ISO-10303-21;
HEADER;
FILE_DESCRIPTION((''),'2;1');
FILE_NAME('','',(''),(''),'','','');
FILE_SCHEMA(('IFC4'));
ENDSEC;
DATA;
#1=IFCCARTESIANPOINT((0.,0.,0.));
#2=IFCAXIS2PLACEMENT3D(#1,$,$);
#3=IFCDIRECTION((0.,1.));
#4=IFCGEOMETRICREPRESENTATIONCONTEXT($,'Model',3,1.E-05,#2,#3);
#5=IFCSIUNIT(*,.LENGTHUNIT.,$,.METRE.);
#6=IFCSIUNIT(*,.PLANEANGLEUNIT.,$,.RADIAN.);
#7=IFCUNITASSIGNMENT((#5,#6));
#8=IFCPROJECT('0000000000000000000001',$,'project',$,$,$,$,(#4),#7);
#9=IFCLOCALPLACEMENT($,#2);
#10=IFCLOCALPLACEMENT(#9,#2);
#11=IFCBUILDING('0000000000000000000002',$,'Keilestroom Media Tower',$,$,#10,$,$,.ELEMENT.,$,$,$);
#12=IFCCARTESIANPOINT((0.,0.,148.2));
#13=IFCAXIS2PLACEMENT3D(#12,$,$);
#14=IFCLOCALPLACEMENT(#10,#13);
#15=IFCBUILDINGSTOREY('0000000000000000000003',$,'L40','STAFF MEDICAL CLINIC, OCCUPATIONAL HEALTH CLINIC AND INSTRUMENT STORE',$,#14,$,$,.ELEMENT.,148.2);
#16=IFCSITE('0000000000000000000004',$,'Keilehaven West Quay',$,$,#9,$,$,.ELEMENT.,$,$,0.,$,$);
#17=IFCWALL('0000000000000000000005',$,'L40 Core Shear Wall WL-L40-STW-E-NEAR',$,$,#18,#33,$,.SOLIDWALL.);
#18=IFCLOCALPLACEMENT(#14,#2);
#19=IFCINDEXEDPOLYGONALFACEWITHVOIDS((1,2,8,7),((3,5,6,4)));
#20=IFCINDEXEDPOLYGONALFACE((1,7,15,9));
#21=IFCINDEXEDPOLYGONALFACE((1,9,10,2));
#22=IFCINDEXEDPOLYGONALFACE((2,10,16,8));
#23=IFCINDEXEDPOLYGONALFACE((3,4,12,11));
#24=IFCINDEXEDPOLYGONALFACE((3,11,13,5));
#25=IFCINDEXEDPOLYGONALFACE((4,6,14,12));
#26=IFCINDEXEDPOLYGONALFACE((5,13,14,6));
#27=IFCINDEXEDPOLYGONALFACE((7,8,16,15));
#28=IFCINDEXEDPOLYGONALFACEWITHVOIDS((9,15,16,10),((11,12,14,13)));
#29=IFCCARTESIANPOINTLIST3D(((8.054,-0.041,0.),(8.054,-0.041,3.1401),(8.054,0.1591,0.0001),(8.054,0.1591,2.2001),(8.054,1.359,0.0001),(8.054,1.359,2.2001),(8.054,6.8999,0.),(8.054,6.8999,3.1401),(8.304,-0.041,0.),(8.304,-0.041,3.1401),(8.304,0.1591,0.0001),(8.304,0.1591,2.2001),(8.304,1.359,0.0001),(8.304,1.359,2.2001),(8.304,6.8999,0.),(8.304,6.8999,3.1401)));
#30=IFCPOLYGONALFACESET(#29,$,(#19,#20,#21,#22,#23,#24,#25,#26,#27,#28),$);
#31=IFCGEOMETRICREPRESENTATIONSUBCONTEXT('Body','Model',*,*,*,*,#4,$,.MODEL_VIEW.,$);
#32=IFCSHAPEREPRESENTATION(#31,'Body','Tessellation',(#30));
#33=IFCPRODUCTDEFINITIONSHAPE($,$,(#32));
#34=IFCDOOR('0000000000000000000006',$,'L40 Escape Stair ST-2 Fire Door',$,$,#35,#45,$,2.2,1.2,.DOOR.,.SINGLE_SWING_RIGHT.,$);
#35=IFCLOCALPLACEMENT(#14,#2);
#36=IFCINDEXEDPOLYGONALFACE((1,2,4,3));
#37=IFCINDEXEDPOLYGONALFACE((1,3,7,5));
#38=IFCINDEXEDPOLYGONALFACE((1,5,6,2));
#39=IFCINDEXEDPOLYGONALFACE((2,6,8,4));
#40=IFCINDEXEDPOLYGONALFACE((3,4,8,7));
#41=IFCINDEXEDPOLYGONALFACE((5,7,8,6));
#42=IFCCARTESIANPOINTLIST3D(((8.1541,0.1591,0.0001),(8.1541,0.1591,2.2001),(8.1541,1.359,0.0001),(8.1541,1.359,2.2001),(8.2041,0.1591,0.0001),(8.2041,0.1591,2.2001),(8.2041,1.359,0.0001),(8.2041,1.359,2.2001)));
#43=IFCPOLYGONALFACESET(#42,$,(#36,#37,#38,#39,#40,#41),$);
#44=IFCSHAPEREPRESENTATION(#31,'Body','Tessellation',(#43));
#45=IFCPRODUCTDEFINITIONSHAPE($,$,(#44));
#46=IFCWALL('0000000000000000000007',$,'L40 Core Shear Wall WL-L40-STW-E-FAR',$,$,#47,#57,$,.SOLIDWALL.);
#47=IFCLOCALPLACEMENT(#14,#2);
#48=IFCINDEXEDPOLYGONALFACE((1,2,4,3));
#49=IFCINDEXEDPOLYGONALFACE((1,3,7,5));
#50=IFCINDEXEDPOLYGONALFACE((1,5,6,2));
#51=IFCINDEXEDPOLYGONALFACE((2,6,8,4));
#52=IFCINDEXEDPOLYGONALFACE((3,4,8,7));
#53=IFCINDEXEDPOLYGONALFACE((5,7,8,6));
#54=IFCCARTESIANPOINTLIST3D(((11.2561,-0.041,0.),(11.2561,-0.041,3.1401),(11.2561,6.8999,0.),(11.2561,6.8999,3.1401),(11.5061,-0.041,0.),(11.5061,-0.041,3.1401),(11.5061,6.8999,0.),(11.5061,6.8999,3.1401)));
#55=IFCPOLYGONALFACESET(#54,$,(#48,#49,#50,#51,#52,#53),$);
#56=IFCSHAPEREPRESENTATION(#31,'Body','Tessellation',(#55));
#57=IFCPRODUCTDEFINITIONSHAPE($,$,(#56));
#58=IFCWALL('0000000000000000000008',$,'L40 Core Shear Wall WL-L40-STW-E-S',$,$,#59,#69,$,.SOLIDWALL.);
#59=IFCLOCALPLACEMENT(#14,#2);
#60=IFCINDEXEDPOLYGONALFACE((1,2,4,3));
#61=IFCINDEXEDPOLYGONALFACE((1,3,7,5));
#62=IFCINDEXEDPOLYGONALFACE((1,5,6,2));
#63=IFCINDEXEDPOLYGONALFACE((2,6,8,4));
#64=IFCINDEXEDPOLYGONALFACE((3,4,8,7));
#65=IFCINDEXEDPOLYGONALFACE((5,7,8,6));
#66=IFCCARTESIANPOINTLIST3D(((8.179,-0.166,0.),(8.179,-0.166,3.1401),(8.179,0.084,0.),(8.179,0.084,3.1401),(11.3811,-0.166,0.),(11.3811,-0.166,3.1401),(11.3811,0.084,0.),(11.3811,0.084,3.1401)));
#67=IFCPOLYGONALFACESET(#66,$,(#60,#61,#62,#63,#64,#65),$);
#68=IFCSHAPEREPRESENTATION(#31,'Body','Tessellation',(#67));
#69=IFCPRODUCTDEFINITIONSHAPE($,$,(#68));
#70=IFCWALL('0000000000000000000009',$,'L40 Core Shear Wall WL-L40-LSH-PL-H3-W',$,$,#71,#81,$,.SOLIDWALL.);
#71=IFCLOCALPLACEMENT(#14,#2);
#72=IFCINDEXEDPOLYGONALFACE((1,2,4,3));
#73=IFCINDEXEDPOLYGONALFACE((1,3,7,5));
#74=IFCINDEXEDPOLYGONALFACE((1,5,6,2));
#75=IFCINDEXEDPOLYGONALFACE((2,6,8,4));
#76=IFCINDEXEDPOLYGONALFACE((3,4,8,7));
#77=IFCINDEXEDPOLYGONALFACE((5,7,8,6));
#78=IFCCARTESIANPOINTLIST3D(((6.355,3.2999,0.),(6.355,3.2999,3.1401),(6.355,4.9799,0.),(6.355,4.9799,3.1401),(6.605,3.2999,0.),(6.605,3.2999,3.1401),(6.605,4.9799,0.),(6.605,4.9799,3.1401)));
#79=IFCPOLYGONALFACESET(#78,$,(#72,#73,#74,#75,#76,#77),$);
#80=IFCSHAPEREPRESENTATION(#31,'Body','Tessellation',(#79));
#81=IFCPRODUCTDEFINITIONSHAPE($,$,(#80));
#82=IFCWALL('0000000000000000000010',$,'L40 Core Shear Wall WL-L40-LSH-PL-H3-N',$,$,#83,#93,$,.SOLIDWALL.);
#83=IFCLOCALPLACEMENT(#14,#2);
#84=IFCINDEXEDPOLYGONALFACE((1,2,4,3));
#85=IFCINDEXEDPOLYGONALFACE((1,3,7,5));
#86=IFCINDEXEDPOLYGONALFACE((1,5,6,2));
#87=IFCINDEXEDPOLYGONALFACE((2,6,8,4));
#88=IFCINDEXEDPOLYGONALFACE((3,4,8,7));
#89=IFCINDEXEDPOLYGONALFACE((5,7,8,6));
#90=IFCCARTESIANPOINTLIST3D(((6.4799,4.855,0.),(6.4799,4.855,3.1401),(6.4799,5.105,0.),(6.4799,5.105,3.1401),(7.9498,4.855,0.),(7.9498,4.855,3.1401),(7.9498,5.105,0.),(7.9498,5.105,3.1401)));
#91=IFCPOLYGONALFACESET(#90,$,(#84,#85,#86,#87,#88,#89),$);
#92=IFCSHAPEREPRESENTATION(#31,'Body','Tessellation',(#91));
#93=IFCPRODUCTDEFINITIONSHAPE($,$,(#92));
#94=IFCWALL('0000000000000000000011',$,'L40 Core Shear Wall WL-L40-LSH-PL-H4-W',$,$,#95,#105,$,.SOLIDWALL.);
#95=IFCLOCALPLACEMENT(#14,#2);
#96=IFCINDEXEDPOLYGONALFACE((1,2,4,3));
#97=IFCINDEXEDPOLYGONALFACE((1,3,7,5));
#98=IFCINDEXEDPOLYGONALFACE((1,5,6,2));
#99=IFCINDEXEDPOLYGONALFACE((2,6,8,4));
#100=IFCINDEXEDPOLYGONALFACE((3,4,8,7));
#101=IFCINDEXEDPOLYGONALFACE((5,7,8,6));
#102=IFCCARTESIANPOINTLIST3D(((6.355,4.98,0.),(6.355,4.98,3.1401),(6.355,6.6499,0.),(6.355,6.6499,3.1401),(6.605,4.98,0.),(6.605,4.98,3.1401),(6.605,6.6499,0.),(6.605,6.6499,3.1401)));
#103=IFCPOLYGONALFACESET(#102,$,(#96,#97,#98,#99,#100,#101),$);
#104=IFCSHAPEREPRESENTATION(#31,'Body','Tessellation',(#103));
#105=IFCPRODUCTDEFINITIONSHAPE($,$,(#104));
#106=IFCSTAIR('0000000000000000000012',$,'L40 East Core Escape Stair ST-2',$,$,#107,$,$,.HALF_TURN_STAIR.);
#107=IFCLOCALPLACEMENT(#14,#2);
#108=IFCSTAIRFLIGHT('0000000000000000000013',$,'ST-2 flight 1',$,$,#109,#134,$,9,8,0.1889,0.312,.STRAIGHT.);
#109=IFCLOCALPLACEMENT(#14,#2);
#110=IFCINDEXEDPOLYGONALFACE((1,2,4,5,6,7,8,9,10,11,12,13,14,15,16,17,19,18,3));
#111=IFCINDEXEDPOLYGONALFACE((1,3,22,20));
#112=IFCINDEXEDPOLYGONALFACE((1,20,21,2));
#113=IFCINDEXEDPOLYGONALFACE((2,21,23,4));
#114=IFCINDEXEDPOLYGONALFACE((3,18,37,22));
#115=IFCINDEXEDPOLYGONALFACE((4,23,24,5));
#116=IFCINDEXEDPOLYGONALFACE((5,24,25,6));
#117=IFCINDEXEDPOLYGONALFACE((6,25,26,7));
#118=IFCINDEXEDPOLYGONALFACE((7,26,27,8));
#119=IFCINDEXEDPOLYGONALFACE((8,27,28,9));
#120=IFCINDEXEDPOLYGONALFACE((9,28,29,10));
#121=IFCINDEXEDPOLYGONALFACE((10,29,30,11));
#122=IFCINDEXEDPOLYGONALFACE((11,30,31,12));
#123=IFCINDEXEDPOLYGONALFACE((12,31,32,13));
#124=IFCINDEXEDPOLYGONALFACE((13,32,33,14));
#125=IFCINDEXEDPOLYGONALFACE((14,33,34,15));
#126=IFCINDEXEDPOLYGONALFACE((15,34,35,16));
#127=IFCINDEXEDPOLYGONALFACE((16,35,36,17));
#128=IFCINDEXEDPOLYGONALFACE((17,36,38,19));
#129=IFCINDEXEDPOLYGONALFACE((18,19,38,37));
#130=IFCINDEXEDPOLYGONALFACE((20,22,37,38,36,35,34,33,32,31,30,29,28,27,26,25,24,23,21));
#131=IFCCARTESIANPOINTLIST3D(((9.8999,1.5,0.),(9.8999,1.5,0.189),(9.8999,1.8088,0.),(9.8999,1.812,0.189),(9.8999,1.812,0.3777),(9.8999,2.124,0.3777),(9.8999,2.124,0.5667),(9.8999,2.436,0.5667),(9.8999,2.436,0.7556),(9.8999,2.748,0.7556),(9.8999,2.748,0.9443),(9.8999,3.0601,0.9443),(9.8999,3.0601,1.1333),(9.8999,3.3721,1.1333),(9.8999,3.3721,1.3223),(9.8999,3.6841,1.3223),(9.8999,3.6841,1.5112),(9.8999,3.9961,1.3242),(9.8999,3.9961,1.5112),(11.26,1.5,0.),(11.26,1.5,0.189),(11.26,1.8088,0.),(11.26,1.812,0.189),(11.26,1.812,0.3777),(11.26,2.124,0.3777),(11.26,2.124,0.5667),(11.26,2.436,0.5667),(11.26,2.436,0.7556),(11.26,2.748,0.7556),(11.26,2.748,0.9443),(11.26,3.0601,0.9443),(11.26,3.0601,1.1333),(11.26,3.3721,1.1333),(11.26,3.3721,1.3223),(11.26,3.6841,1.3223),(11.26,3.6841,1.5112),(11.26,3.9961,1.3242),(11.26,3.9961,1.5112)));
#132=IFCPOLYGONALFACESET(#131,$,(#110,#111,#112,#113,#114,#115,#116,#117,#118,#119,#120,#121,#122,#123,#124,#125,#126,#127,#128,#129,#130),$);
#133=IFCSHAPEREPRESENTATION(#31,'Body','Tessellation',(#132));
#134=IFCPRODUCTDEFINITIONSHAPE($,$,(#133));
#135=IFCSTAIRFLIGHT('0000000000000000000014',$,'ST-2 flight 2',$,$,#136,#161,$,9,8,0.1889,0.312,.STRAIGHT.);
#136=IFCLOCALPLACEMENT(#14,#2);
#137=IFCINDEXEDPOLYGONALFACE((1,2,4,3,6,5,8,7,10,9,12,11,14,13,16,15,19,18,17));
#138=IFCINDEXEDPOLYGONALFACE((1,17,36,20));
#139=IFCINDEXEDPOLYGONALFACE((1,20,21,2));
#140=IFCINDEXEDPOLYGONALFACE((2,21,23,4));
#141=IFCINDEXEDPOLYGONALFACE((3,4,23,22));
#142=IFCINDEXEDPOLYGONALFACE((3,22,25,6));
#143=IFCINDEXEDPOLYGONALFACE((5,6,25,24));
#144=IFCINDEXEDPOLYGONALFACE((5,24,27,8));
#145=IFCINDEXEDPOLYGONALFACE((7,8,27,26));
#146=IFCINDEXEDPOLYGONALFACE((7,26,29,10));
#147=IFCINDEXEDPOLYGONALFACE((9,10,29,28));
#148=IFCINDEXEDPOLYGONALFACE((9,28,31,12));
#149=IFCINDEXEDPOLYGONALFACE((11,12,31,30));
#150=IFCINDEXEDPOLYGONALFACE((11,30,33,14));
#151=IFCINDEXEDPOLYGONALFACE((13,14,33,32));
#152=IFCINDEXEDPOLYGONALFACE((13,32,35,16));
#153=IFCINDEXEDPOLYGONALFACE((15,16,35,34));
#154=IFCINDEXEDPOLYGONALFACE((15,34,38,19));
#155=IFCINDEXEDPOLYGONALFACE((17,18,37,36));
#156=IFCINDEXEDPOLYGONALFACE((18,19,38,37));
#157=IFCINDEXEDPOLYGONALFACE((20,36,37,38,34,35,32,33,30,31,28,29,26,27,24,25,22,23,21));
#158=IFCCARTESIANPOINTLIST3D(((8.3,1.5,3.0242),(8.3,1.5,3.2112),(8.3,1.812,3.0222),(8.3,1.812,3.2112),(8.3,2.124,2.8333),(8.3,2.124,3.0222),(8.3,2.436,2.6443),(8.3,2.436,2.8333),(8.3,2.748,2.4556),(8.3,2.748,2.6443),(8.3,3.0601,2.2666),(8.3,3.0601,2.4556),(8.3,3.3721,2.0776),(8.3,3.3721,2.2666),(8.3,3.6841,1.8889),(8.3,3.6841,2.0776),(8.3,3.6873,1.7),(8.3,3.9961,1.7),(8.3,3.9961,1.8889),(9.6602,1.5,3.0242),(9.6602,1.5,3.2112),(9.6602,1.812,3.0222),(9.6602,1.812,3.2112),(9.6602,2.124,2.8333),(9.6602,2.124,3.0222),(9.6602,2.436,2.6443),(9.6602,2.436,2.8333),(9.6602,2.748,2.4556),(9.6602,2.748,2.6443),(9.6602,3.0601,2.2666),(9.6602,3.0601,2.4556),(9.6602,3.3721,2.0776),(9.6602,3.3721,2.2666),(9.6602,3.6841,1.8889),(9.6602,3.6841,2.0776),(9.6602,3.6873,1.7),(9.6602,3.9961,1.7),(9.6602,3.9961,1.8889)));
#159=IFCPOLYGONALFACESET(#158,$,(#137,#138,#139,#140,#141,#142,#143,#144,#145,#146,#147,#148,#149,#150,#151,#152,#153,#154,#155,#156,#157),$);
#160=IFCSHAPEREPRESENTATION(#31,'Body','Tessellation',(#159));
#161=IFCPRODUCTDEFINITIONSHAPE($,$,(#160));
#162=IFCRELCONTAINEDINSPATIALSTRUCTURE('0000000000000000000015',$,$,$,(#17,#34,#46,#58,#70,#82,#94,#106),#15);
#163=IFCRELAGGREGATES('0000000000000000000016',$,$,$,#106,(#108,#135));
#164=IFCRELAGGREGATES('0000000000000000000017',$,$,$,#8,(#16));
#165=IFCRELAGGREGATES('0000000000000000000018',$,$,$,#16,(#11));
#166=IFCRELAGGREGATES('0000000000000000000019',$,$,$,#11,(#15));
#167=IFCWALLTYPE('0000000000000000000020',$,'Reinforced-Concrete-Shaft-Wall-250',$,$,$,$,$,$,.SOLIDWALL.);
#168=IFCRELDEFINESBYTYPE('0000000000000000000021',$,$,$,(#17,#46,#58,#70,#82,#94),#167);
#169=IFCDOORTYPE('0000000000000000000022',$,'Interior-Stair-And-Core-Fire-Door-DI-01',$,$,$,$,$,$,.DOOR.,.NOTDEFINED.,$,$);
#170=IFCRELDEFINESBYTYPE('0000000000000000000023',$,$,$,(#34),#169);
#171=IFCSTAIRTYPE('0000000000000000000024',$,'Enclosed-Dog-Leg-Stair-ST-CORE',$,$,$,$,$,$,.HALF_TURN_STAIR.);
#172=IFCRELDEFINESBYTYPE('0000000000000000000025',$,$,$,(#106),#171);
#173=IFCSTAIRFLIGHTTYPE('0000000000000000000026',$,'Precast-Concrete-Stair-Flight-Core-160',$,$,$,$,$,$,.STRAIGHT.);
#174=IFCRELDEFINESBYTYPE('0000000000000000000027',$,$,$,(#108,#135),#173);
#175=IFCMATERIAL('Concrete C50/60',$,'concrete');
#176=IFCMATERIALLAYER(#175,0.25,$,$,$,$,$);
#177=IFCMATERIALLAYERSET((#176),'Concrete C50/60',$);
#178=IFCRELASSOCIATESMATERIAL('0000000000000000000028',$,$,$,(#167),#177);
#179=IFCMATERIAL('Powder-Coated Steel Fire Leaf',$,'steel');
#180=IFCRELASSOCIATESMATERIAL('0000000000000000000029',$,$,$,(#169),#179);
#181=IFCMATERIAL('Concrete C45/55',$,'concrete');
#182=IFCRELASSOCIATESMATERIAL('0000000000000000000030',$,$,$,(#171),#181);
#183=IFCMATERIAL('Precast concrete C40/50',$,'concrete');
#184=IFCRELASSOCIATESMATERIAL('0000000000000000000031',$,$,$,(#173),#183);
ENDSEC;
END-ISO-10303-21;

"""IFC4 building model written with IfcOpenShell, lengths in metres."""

from ifc_helpers import new_model, si_unit, direction, frame, frame_2d, origin, place, context, subcontext, project, spatial, polyline, rectangle, outline, extrude, source, transform, mapped, material, layer, layer_set, type_object, element, fill, aggregate, save


model = new_model("IFC4")

# Units and contexts
model_context = context("Model", 3, precision=1e-05, world=origin(), true_north=direction((0.0, 1.0)))
body_context = subcontext(model_context, "Body", "Model", "MODEL_VIEW")
ifc_project = project(units=[si_unit("LENGTHUNIT", "METRE"), si_unit("PLANEANGLEUNIT", "RADIAN")], contexts=[model_context])

# Site, building, storey
site_placement = place(None, origin())
site = spatial("IfcSite", under=ifc_project, at=site_placement, Name="Keilehaven West Quay", CompositionType="ELEMENT", RefElevation=0.0)
building_placement = place(site_placement, origin())
building = spatial("IfcBuilding", under=site, at=building_placement, Name="Keilestroom Media Tower", CompositionType="ELEMENT")
storey_placement = place(building_placement, frame((0.0, 0.0, 148.2)))
storey = spatial("IfcBuildingStorey", under=building, at=storey_placement, Name="L40", Description="STAFF MEDICAL CLINIC, OCCUPATIONAL HEALTH CLINIC AND INSTRUMENT STORE", CompositionType="ELEMENT", Elevation=148.2)

# Shared definitions
ifc_material_1 = material(Name="Concrete C50/60", Category="concrete")
ifc_layer_1 = layer(ifc_material_1, 0.25)
ifc_layer_set_1 = layer_set([ifc_layer_1], Name="Concrete C50/60")
wall_type_1 = type_object("IfcWallType", Name="Reinforced-Concrete-Shaft-Wall-250", PredefinedType="SOLIDWALL", material=ifc_layer_set_1)

# Wall, opening, door
wall_1_placement = place(storey_placement, frame((8.179, -0.041, 0.0), z_axis=(0.0, 0.0, 1.0), x_axis=(0.0, 1.0, 0.0)))
wall_1 = element("IfcWall", 1, at=wall_1_placement, inside=storey, type_object=wall_type_1, Name="L40 Core Shear Wall WL-L40-STW-E-NEAR", PredefinedType="SOLIDWALL", context=body_context, shape_type="SweptSolid", body=[
    extrude(rectangle(XDim=6.9409, YDim=0.25, at=frame_2d((3.4705, 0.0))), origin(), (0.0, 0.0, 1.0), 3.1401),
])
opening_placement = place(wall_1_placement, frame((0.2, 0.0, 0.0)))
opening = element("IfcOpeningElement", 2, at=opening_placement, cuts=wall_1, PredefinedType="OPENING", context=body_context, shape_type="SweptSolid", body=[
    extrude(rectangle(XDim=1.2, YDim=2.2, at=frame_2d((0.6001, 1.1001))), frame((0.0, 0.135, 0.0), z_axis=(0.0, -1.0, 0.0), x_axis=(1.0, 0.0, 0.0)), (0.0, 0.0, 1.0), 0.27),
])
ifc_material_2 = material(Name="Powder-Coated Steel Fire Leaf", Category="steel")
door_type = type_object("IfcDoorType", Name="Interior-Stair-And-Core-Fire-Door-DI-01", OperationType="NOTDEFINED", PredefinedType="DOOR", material=ifc_material_2)
shared_shape_1 = source(origin(), body_context, "Body", "SweptSolid", [
    extrude(rectangle(XDim=1.2, YDim=2.2, at=frame_2d((0.6001, 1.1001))), frame((0.0, 0.0249, 0.0), z_axis=(0.0, -1.0, 0.0), x_axis=(1.0, 0.0, 0.0)), (0.0, 0.0, 1.0), 0.05),
])
door_placement = place(opening_placement, origin())
door = element("IfcDoor", 3, at=door_placement, inside=storey, type_object=door_type, Name="L40 Escape Stair ST-2 Fire Door", OperationType="SINGLE_SWING_RIGHT", OverallHeight=2.2, OverallWidth=1.2, PredefinedType="DOOR", context=body_context, shape_type="MappedRepresentation", body=[
    mapped(shared_shape_1, transform((0.0, 0.0, 0.0), x_axis=(1.0, 0.0, 0.0), y_axis=(0.0, 1.0, 0.0), z_axis=(0.0, 0.0, 1.0), scale=1.0)),
])
fill(opening, door)

# Walls
wall_2_placement = place(storey_placement, frame((11.3811, -0.041, 0.0), z_axis=(0.0, 0.0, 1.0), x_axis=(0.0, 1.0, 0.0)))
element("IfcWall", 4, at=wall_2_placement, inside=storey, type_object=wall_type_1, Name="L40 Core Shear Wall WL-L40-STW-E-FAR", PredefinedType="SOLIDWALL", context=body_context, shape_type="SweptSolid", body=[
    extrude(rectangle(XDim=6.9409, YDim=0.25, at=frame_2d((3.4705, 0.0))), origin(), (0.0, 0.0, 1.0), 3.1401),
])
wall_3_placement = place(storey_placement, frame((8.179, -0.041, 0.0), z_axis=(0.0, 0.0, 1.0), x_axis=(1.0, 0.0, 0.0)))
element("IfcWall", 5, at=wall_3_placement, inside=storey, type_object=wall_type_1, Name="L40 Core Shear Wall WL-L40-STW-E-S", PredefinedType="SOLIDWALL", context=body_context, shape_type="SweptSolid", body=[
    extrude(rectangle(XDim=3.2021, YDim=0.25, at=frame_2d((1.6011, 0.0))), origin(), (0.0, 0.0, 1.0), 3.1401),
])
wall_4_placement = place(storey_placement, frame((6.48, 3.3, 0.0), z_axis=(0.0, 0.0, 1.0), x_axis=(0.0, 1.0, 0.0)))
element("IfcWall", 6, at=wall_4_placement, inside=storey, type_object=wall_type_1, Name="L40 Core Shear Wall WL-L40-LSH-PL-H3-W", PredefinedType="SOLIDWALL", context=body_context, shape_type="SweptSolid", body=[
    extrude(rectangle(XDim=1.6799, YDim=0.25, at=frame_2d((0.8398, 0.0))), origin(), (0.0, 0.0, 1.0), 3.1401),
])
wall_5_placement = place(storey_placement, frame((6.48, 4.98, 0.0), z_axis=(0.0, 0.0, 1.0), x_axis=(1.0, 0.0, 0.0)))
element("IfcWall", 7, at=wall_5_placement, inside=storey, type_object=wall_type_1, Name="L40 Core Shear Wall WL-L40-LSH-PL-H3-N", PredefinedType="SOLIDWALL", context=body_context, shape_type="SweptSolid", body=[
    extrude(rectangle(XDim=1.47, YDim=0.25, at=frame_2d((0.7349, 0.0))), origin(), (0.0, 0.0, 1.0), 3.1401),
])
wall_6_placement = place(storey_placement, frame((6.48, 4.98, 0.0), z_axis=(0.0, 0.0, 1.0), x_axis=(0.0, 1.0, 0.0)))
element("IfcWall", 8, at=wall_6_placement, inside=storey, type_object=wall_type_1, Name="L40 Core Shear Wall WL-L40-LSH-PL-H4-W", PredefinedType="SOLIDWALL", context=body_context, shape_type="SweptSolid", body=[
    extrude(rectangle(XDim=1.6699, YDim=0.25, at=frame_2d((0.835, 0.0))), origin(), (0.0, 0.0, 1.0), 3.1401),
])

# Stair, stair flights
ifc_material_3 = material(Name="Concrete C45/55", Category="concrete")
stair_type = type_object("IfcStairType", Name="Enclosed-Dog-Leg-Stair-ST-CORE", PredefinedType="HALF_TURN_STAIR", material=ifc_material_3)
stair_placement = place(storey_placement, origin())
stair = element("IfcStair", 9, at=stair_placement, inside=storey, type_object=stair_type, Name="L40 East Core Escape Stair ST-2", PredefinedType="HALF_TURN_STAIR")
ifc_material_4 = material(Name="Precast concrete C40/50", Category="concrete")
stair_flight_type = type_object("IfcStairFlightType", Name="Precast-Concrete-Stair-Flight-Core-160", PredefinedType="STRAIGHT", material=ifc_material_4)
stair_flight_1_placement = place(storey_placement, frame((10.5801, 1.5, 0.0), z_axis=(0.0, 0.0, 1.0), x_axis=(0.0, 1.0, 0.0)))
stair_flight_1 = element("IfcStairFlight", 10, at=stair_flight_1_placement, type_object=stair_flight_type, Name="ST-2 flight 1", NumberOfRisers=9, NumberOfTreads=8, PredefinedType="STRAIGHT", RiserHeight=0.1889, TreadLength=0.312, context=body_context, shape_type="SweptSolid", body=[
    extrude(outline(polyline([(0.0, 0.0), (0.0, 0.189), (0.312, 0.189), (0.312, 0.3777), (0.624, 0.3777), (0.624, 0.5667), (0.936, 0.5667), (0.936, 0.7556), (1.248, 0.7556), (1.248, 0.9443), (1.5601, 0.9443), (1.5601, 1.1333), (1.8721, 1.1333), (1.8721, 1.3223), (2.1841, 1.3223), (2.1841, 1.5112), (2.4961, 1.5112), (2.4961, 1.7), (2.4961, 1.3242), (0.3088, 0.0), (0.0, 0.0)])), frame((0.0, 0.6802, 0.0), z_axis=(0.0, -1.0, 0.0), x_axis=(1.0, 0.0, 0.0)), (0.0, 0.0, 1.0), 1.3601),
])
stair_flight_2_placement = place(storey_placement, frame((8.98, 3.9961, 1.7), z_axis=(0.0, 0.0, 1.0), x_axis=(0.0, -1.0, 0.0)))
stair_flight_2 = element("IfcStairFlight", 11, at=stair_flight_2_placement, type_object=stair_flight_type, Name="ST-2 flight 2", NumberOfRisers=9, NumberOfTreads=8, PredefinedType="STRAIGHT", RiserHeight=0.1889, TreadLength=0.312, context=body_context, shape_type="SweptSolid", body=[
    extrude(outline(polyline([(0.0, 0.0), (0.0, 0.189), (0.312, 0.189), (0.312, 0.3777), (0.624, 0.3777), (0.624, 0.5667), (0.936, 0.5667), (0.936, 0.7556), (1.248, 0.7556), (1.248, 0.9443), (1.5601, 0.9443), (1.5601, 1.1333), (1.8721, 1.1333), (1.8721, 1.3223), (2.1841, 1.3223), (2.1841, 1.5112), (2.4961, 1.5112), (2.4961, 1.7), (2.4961, 1.3242), (0.3088, 0.0), (0.0, 0.0)])), frame((0.0, 0.6802, 0.0), z_axis=(0.0, -1.0, 0.0), x_axis=(1.0, 0.0, 0.0)), (0.0, 0.0, 1.0), 1.3601),
])
aggregate(stair, [stair_flight_1, stair_flight_2])

save(model, "model.ifc")
